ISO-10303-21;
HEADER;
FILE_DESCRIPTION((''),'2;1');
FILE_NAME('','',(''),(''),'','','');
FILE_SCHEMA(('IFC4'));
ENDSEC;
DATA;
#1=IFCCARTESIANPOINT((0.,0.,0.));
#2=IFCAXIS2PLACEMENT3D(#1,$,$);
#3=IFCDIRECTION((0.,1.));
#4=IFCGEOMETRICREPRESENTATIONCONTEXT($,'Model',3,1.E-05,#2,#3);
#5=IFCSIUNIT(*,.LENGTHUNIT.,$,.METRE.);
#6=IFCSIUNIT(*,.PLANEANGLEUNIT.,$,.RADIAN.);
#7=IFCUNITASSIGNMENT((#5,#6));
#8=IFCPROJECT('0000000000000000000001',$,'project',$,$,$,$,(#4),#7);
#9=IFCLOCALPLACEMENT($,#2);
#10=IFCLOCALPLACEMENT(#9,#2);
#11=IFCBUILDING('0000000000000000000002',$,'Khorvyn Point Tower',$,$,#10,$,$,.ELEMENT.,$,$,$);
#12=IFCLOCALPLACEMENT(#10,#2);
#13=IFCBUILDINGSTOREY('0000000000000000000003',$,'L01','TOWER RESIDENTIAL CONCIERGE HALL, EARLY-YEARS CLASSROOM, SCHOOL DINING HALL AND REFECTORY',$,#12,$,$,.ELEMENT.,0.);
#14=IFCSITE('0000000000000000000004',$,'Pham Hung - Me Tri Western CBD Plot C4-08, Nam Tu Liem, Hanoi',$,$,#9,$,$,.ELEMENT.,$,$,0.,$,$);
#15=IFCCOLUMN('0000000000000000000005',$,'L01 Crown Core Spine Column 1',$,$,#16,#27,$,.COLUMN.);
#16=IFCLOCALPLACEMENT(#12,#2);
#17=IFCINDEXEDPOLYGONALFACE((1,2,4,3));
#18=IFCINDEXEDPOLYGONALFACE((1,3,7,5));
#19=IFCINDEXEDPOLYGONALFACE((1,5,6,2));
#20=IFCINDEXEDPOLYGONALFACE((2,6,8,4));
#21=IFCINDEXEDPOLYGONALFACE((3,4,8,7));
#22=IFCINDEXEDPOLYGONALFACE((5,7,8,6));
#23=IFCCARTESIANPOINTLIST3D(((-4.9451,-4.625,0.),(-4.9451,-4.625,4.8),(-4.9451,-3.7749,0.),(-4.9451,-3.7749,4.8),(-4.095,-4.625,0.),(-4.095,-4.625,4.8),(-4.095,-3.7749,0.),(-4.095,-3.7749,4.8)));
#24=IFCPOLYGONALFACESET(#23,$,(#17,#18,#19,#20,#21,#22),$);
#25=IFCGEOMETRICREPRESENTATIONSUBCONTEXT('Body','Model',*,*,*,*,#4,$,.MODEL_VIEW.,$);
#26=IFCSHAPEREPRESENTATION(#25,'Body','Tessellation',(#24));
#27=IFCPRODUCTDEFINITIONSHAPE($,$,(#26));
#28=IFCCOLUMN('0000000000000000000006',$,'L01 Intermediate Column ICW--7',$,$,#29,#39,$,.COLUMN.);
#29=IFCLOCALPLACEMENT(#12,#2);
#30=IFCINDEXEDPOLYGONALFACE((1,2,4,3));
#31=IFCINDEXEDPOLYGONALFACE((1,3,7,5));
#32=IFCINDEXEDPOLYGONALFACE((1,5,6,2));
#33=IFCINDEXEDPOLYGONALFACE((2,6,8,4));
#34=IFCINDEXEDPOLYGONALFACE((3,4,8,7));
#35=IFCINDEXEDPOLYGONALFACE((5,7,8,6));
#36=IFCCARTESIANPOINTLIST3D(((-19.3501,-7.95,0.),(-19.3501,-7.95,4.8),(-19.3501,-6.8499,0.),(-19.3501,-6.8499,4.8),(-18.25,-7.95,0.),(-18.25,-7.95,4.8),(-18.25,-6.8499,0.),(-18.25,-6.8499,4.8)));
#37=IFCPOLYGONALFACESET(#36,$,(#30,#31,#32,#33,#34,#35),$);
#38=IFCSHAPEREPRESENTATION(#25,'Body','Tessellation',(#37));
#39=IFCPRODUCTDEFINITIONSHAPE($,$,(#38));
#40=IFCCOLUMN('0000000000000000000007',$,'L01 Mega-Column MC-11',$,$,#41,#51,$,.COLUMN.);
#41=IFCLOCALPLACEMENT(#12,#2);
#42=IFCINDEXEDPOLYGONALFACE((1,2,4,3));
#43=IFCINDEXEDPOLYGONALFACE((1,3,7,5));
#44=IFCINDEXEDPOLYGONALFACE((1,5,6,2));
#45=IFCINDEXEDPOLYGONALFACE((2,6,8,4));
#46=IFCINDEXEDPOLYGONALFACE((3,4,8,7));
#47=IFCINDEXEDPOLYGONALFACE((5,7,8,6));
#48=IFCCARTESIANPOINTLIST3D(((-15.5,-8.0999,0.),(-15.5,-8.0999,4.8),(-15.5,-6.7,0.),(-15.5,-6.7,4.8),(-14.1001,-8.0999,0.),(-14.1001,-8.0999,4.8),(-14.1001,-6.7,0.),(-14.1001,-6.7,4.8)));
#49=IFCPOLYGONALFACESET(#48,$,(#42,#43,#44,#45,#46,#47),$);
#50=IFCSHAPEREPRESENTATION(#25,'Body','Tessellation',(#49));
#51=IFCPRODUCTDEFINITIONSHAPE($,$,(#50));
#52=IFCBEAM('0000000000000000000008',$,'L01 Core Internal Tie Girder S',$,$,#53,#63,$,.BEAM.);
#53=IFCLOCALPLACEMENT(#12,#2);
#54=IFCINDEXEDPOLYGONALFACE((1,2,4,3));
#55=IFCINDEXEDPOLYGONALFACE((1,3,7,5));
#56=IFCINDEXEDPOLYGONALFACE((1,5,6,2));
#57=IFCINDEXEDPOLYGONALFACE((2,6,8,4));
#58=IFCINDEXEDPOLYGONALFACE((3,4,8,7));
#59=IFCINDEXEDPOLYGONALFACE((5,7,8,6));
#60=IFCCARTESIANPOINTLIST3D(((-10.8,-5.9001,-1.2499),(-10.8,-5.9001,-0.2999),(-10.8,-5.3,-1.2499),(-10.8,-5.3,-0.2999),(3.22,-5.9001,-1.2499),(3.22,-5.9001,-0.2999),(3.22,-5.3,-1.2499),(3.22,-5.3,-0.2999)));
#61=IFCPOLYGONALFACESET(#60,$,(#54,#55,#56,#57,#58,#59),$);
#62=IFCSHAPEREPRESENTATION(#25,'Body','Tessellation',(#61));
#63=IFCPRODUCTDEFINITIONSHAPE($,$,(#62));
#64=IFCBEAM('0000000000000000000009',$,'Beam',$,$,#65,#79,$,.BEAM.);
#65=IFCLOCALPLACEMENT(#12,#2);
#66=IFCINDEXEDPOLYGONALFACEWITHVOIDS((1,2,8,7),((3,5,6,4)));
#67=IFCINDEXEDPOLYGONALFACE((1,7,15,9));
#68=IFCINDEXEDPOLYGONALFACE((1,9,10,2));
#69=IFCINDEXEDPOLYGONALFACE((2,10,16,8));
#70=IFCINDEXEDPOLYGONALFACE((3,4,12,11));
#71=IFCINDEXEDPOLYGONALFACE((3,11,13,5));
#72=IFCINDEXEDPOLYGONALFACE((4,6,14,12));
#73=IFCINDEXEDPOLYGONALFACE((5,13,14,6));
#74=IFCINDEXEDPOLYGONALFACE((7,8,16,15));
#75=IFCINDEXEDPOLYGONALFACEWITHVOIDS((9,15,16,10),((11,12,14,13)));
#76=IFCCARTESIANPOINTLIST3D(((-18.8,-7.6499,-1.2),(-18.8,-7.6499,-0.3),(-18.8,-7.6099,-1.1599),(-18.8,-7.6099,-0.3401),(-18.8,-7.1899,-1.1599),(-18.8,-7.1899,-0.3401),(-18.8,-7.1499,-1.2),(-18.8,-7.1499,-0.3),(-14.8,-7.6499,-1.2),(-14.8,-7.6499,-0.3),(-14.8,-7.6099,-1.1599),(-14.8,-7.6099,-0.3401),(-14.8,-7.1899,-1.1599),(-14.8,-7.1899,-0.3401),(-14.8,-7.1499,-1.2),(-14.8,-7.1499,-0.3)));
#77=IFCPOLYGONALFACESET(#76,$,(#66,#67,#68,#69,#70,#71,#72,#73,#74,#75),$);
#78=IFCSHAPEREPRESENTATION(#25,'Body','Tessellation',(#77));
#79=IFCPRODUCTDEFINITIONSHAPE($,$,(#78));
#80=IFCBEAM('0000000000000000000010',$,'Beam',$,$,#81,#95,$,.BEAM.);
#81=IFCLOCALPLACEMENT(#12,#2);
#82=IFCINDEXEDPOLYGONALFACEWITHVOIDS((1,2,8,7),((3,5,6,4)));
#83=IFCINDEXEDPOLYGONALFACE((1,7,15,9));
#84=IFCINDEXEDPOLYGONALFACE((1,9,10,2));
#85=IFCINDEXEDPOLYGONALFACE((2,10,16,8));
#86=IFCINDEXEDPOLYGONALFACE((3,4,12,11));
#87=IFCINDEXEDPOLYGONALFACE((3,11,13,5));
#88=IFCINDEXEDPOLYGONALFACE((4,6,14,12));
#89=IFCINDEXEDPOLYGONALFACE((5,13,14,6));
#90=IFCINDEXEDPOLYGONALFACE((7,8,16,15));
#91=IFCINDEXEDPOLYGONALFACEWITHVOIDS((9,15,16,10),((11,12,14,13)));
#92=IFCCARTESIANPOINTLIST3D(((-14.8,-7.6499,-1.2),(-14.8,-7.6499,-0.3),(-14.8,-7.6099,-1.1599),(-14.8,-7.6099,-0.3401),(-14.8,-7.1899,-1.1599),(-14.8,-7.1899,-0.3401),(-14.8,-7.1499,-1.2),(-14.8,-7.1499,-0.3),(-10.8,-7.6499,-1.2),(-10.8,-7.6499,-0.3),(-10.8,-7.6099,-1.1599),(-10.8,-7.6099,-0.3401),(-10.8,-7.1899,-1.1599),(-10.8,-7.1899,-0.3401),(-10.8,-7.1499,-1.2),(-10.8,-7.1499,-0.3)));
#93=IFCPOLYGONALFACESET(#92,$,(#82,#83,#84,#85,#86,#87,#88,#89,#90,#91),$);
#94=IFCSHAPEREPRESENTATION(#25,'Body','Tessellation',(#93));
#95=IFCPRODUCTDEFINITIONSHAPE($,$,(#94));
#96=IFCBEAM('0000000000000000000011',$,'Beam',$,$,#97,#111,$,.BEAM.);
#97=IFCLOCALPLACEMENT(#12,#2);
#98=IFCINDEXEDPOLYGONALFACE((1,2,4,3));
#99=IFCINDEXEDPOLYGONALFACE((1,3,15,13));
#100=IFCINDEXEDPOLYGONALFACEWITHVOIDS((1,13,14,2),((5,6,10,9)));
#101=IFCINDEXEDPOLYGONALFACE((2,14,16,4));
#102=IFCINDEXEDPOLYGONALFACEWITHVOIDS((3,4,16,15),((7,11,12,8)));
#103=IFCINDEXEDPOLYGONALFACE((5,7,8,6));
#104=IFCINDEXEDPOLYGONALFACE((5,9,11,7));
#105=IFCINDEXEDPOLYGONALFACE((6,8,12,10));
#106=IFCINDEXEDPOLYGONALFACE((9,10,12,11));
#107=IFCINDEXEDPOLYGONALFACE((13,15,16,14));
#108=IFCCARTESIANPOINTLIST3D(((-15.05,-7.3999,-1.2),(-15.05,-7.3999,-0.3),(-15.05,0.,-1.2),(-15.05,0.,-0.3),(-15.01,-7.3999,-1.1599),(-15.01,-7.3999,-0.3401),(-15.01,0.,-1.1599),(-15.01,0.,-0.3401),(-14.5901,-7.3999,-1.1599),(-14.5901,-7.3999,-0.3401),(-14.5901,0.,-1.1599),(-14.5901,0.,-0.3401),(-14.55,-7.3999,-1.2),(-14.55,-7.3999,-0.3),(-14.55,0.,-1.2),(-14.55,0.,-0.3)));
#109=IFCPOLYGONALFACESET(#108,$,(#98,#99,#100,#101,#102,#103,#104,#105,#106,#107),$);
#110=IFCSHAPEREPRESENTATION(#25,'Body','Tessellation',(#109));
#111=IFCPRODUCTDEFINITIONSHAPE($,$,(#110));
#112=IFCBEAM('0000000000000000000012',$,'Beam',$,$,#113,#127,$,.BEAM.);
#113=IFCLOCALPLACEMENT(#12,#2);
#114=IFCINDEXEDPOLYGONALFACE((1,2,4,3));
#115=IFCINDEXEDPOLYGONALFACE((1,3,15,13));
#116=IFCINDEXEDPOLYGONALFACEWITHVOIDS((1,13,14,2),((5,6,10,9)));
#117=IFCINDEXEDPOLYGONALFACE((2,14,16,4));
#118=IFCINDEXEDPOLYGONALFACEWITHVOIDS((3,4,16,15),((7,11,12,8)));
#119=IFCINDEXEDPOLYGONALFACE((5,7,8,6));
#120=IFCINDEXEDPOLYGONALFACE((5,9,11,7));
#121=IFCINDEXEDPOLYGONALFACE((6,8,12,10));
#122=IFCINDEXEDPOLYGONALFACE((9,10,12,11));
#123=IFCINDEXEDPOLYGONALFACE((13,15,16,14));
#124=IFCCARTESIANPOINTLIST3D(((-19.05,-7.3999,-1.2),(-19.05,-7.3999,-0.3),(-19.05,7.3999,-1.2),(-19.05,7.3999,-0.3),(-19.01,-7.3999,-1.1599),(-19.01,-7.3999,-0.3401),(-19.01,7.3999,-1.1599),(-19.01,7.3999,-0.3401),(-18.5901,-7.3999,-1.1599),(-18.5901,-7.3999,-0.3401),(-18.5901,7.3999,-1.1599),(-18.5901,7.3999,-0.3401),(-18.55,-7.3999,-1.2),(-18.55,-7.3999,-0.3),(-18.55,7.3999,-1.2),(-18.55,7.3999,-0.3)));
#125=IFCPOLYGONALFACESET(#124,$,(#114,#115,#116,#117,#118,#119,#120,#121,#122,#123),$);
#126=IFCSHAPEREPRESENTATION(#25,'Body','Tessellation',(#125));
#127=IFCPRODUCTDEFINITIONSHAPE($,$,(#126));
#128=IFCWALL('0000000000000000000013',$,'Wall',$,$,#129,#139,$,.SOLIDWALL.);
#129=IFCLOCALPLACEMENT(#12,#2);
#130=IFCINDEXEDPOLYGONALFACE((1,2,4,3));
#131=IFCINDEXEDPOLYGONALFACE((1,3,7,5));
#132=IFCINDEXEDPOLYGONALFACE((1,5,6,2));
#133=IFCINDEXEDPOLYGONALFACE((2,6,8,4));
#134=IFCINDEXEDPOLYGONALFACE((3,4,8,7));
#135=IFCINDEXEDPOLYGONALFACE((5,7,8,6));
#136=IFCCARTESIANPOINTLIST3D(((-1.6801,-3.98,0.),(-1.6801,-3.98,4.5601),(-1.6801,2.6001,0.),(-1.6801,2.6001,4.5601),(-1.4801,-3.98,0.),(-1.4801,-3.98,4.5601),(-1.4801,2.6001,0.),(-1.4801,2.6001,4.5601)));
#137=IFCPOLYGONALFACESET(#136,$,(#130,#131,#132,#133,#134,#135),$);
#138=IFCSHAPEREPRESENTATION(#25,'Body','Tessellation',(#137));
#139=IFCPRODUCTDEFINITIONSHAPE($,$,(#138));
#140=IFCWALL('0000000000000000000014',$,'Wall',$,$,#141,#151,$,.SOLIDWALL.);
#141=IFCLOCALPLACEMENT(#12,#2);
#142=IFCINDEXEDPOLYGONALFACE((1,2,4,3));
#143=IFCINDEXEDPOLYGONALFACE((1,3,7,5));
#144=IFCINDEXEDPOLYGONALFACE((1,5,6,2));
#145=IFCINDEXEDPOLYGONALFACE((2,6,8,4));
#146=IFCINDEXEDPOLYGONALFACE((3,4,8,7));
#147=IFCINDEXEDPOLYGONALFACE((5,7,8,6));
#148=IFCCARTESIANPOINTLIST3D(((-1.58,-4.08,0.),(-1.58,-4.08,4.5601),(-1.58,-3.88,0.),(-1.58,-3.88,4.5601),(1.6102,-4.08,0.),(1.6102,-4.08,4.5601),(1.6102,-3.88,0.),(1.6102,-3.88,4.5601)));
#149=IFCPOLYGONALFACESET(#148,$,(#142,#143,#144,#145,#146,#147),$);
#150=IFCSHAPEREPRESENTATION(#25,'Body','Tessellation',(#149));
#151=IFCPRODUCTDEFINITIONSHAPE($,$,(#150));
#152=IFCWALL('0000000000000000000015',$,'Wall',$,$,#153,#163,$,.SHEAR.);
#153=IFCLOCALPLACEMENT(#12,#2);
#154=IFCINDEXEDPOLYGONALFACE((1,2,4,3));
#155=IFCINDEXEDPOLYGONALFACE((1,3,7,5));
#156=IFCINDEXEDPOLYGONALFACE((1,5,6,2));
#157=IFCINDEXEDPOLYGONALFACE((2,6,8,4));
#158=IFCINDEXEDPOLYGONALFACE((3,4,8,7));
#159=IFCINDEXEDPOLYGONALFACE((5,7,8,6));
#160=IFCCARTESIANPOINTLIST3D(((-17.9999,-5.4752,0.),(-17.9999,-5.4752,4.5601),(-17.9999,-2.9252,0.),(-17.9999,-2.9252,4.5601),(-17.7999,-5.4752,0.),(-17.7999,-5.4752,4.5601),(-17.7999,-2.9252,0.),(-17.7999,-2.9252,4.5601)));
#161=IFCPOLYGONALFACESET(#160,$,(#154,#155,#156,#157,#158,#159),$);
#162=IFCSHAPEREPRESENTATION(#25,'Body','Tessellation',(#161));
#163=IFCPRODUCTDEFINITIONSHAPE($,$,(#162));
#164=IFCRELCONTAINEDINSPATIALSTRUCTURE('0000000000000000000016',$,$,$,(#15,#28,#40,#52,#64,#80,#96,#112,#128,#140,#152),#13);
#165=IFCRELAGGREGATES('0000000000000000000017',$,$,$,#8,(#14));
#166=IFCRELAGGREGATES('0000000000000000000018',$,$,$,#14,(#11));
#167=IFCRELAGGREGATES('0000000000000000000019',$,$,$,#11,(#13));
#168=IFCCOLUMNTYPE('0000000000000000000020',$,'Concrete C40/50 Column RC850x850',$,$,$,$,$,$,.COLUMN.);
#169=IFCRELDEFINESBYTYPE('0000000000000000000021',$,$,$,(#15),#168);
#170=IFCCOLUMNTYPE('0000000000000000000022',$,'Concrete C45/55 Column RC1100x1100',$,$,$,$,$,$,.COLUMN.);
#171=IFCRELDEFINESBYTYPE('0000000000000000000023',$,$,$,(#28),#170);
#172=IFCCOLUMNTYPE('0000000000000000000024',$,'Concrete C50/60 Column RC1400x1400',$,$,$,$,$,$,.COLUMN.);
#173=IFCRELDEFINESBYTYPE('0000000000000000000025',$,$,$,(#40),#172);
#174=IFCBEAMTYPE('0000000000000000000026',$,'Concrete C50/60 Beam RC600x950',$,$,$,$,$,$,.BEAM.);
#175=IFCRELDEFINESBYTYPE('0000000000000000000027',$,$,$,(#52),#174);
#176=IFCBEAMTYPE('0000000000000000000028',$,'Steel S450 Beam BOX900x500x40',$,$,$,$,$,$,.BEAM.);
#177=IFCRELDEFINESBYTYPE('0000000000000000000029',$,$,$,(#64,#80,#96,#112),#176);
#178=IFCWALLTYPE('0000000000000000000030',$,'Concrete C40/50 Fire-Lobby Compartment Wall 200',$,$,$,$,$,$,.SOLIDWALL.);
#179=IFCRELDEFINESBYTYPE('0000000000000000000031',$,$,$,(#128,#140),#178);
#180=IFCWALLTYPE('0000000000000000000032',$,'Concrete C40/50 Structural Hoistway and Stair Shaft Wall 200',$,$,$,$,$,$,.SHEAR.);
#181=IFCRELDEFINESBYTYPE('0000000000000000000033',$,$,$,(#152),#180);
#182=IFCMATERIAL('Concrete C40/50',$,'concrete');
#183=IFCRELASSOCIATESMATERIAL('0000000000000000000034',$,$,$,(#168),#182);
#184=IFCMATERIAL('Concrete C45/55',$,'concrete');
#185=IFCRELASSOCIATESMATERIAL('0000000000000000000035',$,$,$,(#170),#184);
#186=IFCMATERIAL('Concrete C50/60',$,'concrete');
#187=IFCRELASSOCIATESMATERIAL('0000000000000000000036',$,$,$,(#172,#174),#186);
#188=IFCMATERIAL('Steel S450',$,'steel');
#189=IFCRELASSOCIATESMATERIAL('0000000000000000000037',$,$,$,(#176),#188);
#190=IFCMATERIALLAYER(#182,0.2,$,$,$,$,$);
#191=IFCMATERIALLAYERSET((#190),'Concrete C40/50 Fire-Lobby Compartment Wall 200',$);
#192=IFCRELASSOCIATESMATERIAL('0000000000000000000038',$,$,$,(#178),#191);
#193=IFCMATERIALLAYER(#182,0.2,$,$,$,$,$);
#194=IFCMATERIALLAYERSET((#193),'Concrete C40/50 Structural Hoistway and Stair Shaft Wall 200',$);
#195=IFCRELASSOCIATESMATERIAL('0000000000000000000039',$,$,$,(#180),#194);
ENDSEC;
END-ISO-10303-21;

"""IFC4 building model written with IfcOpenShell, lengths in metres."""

from ifc_helpers import new_model, si_unit, direction, frame, frame_2d, origin, origin_2d, place, context, subcontext, project, spatial, rectangle, hollow_rectangle, extrude, material, layer, layer_set, material_profile, profile_set, type_object, element, save


model = new_model("IFC4")

# Units and contexts
model_context = context("Model", 3, precision=1e-05, world=origin(), true_north=direction((0.0, 1.0)))
body_context = subcontext(model_context, "Body", "Model", "MODEL_VIEW")
ifc_project = project(units=[si_unit("LENGTHUNIT", "METRE"), si_unit("PLANEANGLEUNIT", "RADIAN")], contexts=[model_context])

# Site, building, storey
site_placement = place(None, origin())
site = spatial("IfcSite", under=ifc_project, at=site_placement, Name="Pham Hung - Me Tri Western CBD Plot C4-08, Nam Tu Liem, Hanoi", CompositionType="ELEMENT", RefElevation=0.0)
building_placement = place(site_placement, origin())
building = spatial("IfcBuilding", under=site, at=building_placement, Name="Khorvyn Point Tower", CompositionType="ELEMENT")
storey_placement = place(building_placement, origin())
storey = spatial("IfcBuildingStorey", under=building, at=storey_placement, Name="L01", Description="TOWER RESIDENTIAL CONCIERGE HALL, EARLY-YEARS CLASSROOM, SCHOOL DINING HALL AND REFECTORY", CompositionType="ELEMENT", Elevation=0.0)

# Columns
ifc_material_1 = material(Name="Concrete C40/50", Category="concrete")
ifc_material_profile_1 = material_profile(ifc_material_1, rectangle(XDim=0.8501, YDim=0.8501, at=origin_2d()))
ifc_profile_set_1 = profile_set([ifc_material_profile_1], Name="Concrete C40/50 RC850x850")
column_type_1 = type_object("IfcColumnType", Name="Concrete C40/50 Column RC850x850", PredefinedType="COLUMN", material=ifc_profile_set_1)
column_1_placement = place(storey_placement, frame((-4.52, -4.2, 0.0), z_axis=(0.0, 0.0, 1.0), x_axis=(1.0, 0.0, 0.0)))
element("IfcColumn", 1, at=column_1_placement, inside=storey, type_object=column_type_1, Name="L01 Crown Core Spine Column 1", PredefinedType="COLUMN", context=body_context, shape_type="SweptSolid", body=[
    extrude(rectangle(XDim=0.8501, YDim=0.8501, at=origin_2d()), origin(), (0.0, 0.0, 1.0), 4.8),
])
ifc_material_2 = material(Name="Concrete C45/55", Category="concrete")
ifc_material_profile_2 = material_profile(ifc_material_2, rectangle(XDim=1.1001, YDim=1.1001, at=origin_2d()))
ifc_profile_set_2 = profile_set([ifc_material_profile_2], Name="Concrete C45/55 RC1100x1100")
column_type_2 = type_object("IfcColumnType", Name="Concrete C45/55 Column RC1100x1100", PredefinedType="COLUMN", material=ifc_profile_set_2)
column_2_placement = place(storey_placement, frame((-18.8, -7.3999, 0.0), z_axis=(0.0, 0.0, 1.0), x_axis=(1.0, 0.0, 0.0)))
element("IfcColumn", 2, at=column_2_placement, inside=storey, type_object=column_type_2, Name="L01 Intermediate Column ICW--7", PredefinedType="COLUMN", context=body_context, shape_type="SweptSolid", body=[
    extrude(rectangle(XDim=1.1001, YDim=1.1001, at=origin_2d()), origin(), (0.0, 0.0, 1.0), 4.8),
])
ifc_material_3 = material(Name="Concrete C50/60", Category="concrete")
ifc_material_profile_3 = material_profile(ifc_material_3, rectangle(XDim=1.3999, YDim=1.3999, at=origin_2d()))
ifc_profile_set_3 = profile_set([ifc_material_profile_3], Name="Concrete C50/60 RC1400x1400")
column_type_3 = type_object("IfcColumnType", Name="Concrete C50/60 Column RC1400x1400", PredefinedType="COLUMN", material=ifc_profile_set_3)
column_3_placement = place(storey_placement, frame((-14.8, -7.3999, 0.0), z_axis=(0.0, 0.0, 1.0), x_axis=(1.0, 0.0, 0.0)))
element("IfcColumn", 3, at=column_3_placement, inside=storey, type_object=column_type_3, Name="L01 Mega-Column MC-11", PredefinedType="COLUMN", context=body_context, shape_type="SweptSolid", body=[
    extrude(rectangle(XDim=1.3999, YDim=1.3999, at=origin_2d()), origin(), (0.0, 0.0, 1.0), 4.8),
])

# Beams
ifc_material_profile_4 = material_profile(ifc_material_3, rectangle(XDim=0.6001, YDim=0.95, at=origin_2d()))
ifc_profile_set_4 = profile_set([ifc_material_profile_4], Name="Concrete C50/60 RC600x950")
beam_type_1 = type_object("IfcBeamType", Name="Concrete C50/60 Beam RC600x950", PredefinedType="BEAM", material=ifc_profile_set_4)
beam_1_placement = place(storey_placement, frame((-10.8, -5.6001, -0.7749), z_axis=(1.0, 0.0, 0.0), x_axis=(0.0, 1.0, 0.0)))
element("IfcBeam", 4, at=beam_1_placement, inside=storey, type_object=beam_type_1, Name="L01 Core Internal Tie Girder S", PredefinedType="BEAM", context=body_context, shape_type="SweptSolid", body=[
    extrude(rectangle(XDim=0.6001, YDim=0.95, at=origin_2d()), origin(), (0.0, 0.0, 1.0), 14.02),
])
ifc_material_4 = material(Name="Steel S450", Category="steel")
ifc_material_profile_5 = material_profile(ifc_material_4, hollow_rectangle(XDim=0.5, YDim=0.8999, WallThickness=0.04, at=origin_2d()))
ifc_profile_set_5 = profile_set([ifc_material_profile_5], Name="Steel S450 BOX900x500x40")
beam_type_2 = type_object("IfcBeamType", Name="Steel S450 Beam BOX900x500x40", PredefinedType="BEAM", material=ifc_profile_set_5)
for number, where, z_axis, x_axis, name in (
    (5, (-18.8, -7.3999, -0.75), (1.0, 0.0, 0.0), (0.0, 1.0, 0.0), "Beam"),
    (6, (-14.8, -7.3999, -0.75), (1.0, 0.0, 0.0), (0.0, 1.0, 0.0), "Beam"),
):
    element("IfcBeam", number, at=place(storey_placement, frame(where, z_axis=z_axis, x_axis=x_axis)), inside=storey, type_object=beam_type_2, Name=name, PredefinedType="BEAM", context=body_context, shape_type="SweptSolid", body=[
        extrude(hollow_rectangle(XDim=0.5, YDim=0.8999, WallThickness=0.04, at=origin_2d()), origin(), (0.0, 0.0, 1.0), 4.0),
    ])
beam_2_placement = place(storey_placement, frame((-14.8, -7.3999, -0.75), z_axis=(0.0, 1.0, 0.0), x_axis=(-1.0, 0.0, 0.0)))
element("IfcBeam", 7, at=beam_2_placement, inside=storey, type_object=beam_type_2, Name="Beam", PredefinedType="BEAM", context=body_context, shape_type="SweptSolid", body=[
    extrude(hollow_rectangle(XDim=0.5, YDim=0.8999, WallThickness=0.04, at=origin_2d()), origin(), (0.0, 0.0, 1.0), 7.3999),
])
beam_3_placement = place(storey_placement, frame((-18.8, -7.3999, -0.75), z_axis=(0.0, 1.0, 0.0), x_axis=(-1.0, 0.0, 0.0)))
element("IfcBeam", 8, at=beam_3_placement, inside=storey, type_object=beam_type_2, Name="Beam", PredefinedType="BEAM", context=body_context, shape_type="SweptSolid", body=[
    extrude(hollow_rectangle(XDim=0.5, YDim=0.8999, WallThickness=0.04, at=origin_2d()), origin(), (0.0, 0.0, 1.0), 14.7998),
])

# Walls
ifc_layer_1 = layer(ifc_material_1, 0.2)
ifc_layer_set_1 = layer_set([ifc_layer_1], Name="Concrete C40/50 Fire-Lobby Compartment Wall 200")
wall_type_1 = type_object("IfcWallType", Name="Concrete C40/50 Fire-Lobby Compartment Wall 200", PredefinedType="SOLIDWALL", material=ifc_layer_set_1)
wall_1_placement = place(storey_placement, frame((-1.5801, -3.98, 0.0), z_axis=(0.0, 0.0, 1.0), x_axis=(0.0, 1.0, 0.0)))
element("IfcWall", 9, at=wall_1_placement, inside=storey, type_object=wall_type_1, Name="Wall", PredefinedType="SOLIDWALL", context=body_context, shape_type="SweptSolid", body=[
    extrude(rectangle(XDim=6.5801, YDim=0.2, at=frame_2d((3.29, 0.0))), origin(), (0.0, 0.0, 1.0), 4.5601),
])
wall_2_placement = place(storey_placement, frame((-1.5801, -3.98, 0.0), z_axis=(0.0, 0.0, 1.0), x_axis=(1.0, 0.0, 0.0)))
element("IfcWall", 10, at=wall_2_placement, inside=storey, type_object=wall_type_1, Name="Wall", PredefinedType="SOLIDWALL", context=body_context, shape_type="SweptSolid", body=[
    extrude(rectangle(XDim=3.1902, YDim=0.2, at=frame_2d((1.5952, 0.0))), origin(), (0.0, 0.0, 1.0), 4.5601),
])
ifc_layer_2 = layer(ifc_material_1, 0.2)
ifc_layer_set_2 = layer_set([ifc_layer_2], Name="Concrete C40/50 Structural Hoistway and Stair Shaft Wall 200")
wall_type_2 = type_object("IfcWallType", Name="Concrete C40/50 Structural Hoistway and Stair Shaft Wall 200", PredefinedType="SHEAR", material=ifc_layer_set_2)
wall_3_placement = place(storey_placement, frame((-17.8999, -5.4751, 0.0), z_axis=(0.0, 0.0, 1.0), x_axis=(0.0, 1.0, 0.0)))
element("IfcWall", 11, at=wall_3_placement, inside=storey, type_object=wall_type_2, Name="Wall", PredefinedType="SHEAR", context=body_context, shape_type="SweptSolid", body=[
    extrude(rectangle(XDim=2.55, YDim=0.2, at=frame_2d((1.2749, 0.0))), origin(), (0.0, 0.0, 1.0), 4.5601),
])

save(model, "model.ifc")
